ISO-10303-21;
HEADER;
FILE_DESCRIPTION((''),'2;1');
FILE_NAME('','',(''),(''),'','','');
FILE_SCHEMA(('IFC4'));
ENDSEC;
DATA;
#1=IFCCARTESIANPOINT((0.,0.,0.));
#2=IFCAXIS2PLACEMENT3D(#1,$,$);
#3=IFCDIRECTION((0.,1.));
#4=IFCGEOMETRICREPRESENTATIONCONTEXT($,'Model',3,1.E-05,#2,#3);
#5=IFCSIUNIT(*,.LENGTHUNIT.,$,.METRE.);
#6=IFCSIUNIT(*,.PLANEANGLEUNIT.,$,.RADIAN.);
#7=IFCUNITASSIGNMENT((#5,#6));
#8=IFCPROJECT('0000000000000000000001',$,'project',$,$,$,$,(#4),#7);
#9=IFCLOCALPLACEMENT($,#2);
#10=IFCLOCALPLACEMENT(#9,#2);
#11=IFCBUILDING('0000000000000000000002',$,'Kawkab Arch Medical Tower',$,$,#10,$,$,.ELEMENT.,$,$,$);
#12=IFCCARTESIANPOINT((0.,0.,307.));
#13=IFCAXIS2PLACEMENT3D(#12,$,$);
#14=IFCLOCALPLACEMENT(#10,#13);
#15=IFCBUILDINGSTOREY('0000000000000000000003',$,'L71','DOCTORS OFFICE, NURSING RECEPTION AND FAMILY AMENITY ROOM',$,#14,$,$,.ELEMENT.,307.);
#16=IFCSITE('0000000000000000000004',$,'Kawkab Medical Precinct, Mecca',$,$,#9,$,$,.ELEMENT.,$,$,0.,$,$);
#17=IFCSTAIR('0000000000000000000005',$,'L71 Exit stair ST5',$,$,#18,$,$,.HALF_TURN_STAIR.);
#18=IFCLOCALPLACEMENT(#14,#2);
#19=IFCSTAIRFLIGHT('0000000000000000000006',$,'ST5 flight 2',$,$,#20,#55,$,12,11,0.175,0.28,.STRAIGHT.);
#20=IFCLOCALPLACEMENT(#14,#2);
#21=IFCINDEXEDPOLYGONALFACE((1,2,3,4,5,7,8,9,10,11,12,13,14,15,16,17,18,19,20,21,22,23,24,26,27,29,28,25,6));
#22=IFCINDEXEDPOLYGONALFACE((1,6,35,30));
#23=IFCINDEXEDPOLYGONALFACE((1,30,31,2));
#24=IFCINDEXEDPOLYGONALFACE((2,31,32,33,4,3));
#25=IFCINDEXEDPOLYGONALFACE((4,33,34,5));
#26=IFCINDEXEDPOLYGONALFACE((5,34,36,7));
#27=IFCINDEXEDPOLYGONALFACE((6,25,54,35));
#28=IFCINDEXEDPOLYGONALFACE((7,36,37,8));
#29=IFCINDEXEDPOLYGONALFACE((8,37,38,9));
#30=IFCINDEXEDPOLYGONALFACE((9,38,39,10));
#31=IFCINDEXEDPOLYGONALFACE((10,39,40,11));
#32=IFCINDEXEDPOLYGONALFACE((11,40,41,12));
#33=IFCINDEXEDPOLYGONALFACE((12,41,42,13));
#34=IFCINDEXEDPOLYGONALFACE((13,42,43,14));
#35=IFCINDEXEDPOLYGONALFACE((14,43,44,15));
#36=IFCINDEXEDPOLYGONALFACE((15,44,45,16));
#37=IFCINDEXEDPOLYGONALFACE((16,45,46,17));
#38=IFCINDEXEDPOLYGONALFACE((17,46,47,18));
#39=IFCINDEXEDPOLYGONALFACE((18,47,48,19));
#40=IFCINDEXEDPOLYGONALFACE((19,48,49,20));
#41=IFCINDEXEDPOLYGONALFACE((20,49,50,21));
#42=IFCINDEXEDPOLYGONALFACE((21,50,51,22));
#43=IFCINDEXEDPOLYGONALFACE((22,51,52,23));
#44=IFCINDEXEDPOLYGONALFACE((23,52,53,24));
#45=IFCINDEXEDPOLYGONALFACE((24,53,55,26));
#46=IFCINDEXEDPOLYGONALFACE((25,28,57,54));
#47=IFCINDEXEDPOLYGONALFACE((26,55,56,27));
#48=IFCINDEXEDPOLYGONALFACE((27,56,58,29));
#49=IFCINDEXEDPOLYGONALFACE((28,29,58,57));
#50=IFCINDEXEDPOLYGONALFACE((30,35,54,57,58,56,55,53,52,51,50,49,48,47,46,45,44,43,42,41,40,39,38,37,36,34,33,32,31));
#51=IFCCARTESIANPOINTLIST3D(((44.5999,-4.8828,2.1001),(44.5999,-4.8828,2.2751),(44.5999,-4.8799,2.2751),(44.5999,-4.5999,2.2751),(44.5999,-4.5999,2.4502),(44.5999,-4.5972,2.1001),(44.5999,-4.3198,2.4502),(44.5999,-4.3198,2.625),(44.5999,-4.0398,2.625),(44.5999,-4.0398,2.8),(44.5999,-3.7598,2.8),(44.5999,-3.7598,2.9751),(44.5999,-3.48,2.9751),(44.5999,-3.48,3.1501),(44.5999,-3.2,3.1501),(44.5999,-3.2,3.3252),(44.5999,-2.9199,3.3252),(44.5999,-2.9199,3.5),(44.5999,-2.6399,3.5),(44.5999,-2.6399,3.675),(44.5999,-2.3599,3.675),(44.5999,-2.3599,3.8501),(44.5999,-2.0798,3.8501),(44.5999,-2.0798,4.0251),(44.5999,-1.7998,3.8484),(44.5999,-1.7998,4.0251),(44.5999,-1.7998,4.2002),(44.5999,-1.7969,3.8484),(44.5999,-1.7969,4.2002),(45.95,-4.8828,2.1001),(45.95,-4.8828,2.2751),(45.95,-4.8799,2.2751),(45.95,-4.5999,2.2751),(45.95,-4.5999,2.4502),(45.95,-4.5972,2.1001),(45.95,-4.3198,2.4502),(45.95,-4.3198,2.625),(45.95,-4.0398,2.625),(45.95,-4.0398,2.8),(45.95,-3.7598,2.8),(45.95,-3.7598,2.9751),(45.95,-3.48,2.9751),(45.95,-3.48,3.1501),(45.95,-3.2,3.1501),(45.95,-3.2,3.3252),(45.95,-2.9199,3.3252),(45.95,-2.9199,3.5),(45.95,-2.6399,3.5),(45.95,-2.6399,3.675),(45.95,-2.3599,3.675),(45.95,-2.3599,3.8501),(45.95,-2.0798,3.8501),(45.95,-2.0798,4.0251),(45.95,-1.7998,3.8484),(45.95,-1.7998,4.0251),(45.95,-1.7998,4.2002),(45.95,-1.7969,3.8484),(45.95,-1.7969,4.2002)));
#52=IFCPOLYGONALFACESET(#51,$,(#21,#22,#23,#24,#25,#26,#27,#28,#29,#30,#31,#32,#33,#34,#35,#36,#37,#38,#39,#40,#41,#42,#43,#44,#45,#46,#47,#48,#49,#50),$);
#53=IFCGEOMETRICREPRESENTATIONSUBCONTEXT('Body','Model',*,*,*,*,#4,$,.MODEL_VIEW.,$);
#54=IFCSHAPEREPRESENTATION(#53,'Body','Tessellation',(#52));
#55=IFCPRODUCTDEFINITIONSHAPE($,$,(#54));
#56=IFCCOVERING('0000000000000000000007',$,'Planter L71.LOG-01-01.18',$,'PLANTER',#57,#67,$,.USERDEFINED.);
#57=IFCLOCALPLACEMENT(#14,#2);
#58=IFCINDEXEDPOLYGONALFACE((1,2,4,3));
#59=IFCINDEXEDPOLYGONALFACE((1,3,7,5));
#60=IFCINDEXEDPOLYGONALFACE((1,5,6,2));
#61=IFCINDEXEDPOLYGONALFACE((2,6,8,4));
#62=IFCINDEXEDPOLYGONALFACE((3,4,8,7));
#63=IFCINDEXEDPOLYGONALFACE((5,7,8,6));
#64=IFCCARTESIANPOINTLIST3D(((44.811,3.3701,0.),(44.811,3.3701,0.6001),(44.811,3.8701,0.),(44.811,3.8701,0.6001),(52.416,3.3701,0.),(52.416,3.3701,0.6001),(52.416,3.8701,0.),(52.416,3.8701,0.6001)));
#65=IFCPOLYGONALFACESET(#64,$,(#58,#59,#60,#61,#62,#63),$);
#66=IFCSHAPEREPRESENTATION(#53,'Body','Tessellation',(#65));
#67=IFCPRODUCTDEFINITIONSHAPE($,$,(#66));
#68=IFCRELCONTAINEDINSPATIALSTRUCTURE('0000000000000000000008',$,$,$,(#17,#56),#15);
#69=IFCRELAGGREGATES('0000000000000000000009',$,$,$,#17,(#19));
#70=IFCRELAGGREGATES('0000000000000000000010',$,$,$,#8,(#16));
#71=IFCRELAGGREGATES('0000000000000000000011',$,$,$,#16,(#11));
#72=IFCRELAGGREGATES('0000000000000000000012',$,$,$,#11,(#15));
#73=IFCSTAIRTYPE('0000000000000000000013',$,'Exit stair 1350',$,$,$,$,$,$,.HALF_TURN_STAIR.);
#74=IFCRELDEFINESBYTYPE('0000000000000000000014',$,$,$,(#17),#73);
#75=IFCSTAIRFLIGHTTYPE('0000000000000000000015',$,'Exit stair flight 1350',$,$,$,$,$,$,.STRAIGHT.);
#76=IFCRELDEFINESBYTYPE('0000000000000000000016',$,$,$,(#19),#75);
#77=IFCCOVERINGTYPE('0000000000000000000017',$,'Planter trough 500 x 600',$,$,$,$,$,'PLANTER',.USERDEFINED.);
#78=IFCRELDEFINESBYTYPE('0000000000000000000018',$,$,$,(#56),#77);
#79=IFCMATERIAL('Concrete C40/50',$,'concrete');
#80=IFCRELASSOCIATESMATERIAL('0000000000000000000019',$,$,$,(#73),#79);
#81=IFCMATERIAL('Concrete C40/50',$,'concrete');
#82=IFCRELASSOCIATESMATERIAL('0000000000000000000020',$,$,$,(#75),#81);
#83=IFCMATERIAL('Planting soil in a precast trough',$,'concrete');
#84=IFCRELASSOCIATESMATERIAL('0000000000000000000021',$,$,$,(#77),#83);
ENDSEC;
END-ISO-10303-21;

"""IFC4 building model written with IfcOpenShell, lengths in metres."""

from ifc_helpers import new_model, si_unit, direction, frame, origin, origin_2d, place, context, subcontext, project, spatial, polyline, rectangle, outline, extrude, material, material_profile, profile_set, type_object, element, aggregate, save


model = new_model("IFC4")

# Units and contexts
model_context = context("Model", 3, precision=1e-05, world=origin(), true_north=direction((0.0, 1.0)))
body_context = subcontext(model_context, "Body", "Model", "MODEL_VIEW")
ifc_project = project(units=[si_unit("LENGTHUNIT", "METRE"), si_unit("PLANEANGLEUNIT", "RADIAN")], contexts=[model_context])

# Site, building, storey
site_placement = place(None, origin())
site = spatial("IfcSite", under=ifc_project, at=site_placement, Name="Kawkab Medical Precinct, Mecca", CompositionType="ELEMENT", RefElevation=0.0)
building_placement = place(site_placement, origin())
building = spatial("IfcBuilding", under=site, at=building_placement, Name="Kawkab Arch Medical Tower", CompositionType="ELEMENT")
storey_placement = place(building_placement, frame((0.0, 0.0, 307.0)))
storey = spatial("IfcBuildingStorey", under=building, at=storey_placement, Name="L71", Description="DOCTORS OFFICE, NURSING RECEPTION AND FAMILY AMENITY ROOM", CompositionType="ELEMENT", Elevation=307.0)

# Shared definitions
placement = place(storey_placement, origin())

# Stair, stair flight
ifc_material_1 = material(Name="Concrete C40/50", Category="concrete")
stair_type = type_object("IfcStairType", Name="Exit stair 1350", PredefinedType="HALF_TURN_STAIR", material=ifc_material_1)
stair = element("IfcStair", 1, at=placement, inside=storey, type_object=stair_type, Name="L71 Exit stair ST5", PredefinedType="HALF_TURN_STAIR")
ifc_material_2 = material(Name="Concrete C40/50", Category="concrete")
stair_flight_type = type_object("IfcStairFlightType", Name="Exit stair flight 1350", PredefinedType="STRAIGHT", material=ifc_material_2)
stair_flight_1_placement = place(storey_placement, frame((45.2749, -4.8799, 2.1001), z_axis=(0.0, 0.0, 1.0), x_axis=(0.0, 1.0, 0.0)))
stair_flight_1 = element("IfcStairFlight", 2, at=stair_flight_1_placement, type_object=stair_flight_type, Name="ST5 flight 2", NumberOfRisers=12, NumberOfTreads=11, PredefinedType="STRAIGHT", RiserHeight=0.175, TreadLength=0.28, context=body_context, shape_type="SweptSolid", body=[
    extrude(outline(polyline([(-0.0029, 0.0), (-0.0029, 0.175), (0.0, 0.175), (0.28, 0.175), (0.28, 0.3501), (0.5601, 0.3501), (0.5601, 0.5249), (0.8401, 0.5249), (0.8401, 0.7), (1.1201, 0.7), (1.1201, 0.875), (1.3999, 0.875), (1.3999, 1.05), (1.6799, 1.05), (1.6799, 1.2251), (1.96, 1.2251), (1.96, 1.3999), (2.24, 1.3999), (2.24, 1.575), (2.52, 1.575), (2.52, 1.75), (2.8, 1.75), (2.8, 1.925), (3.0801, 1.925), (3.0801, 2.1001), (3.083, 2.1001), (3.083, 1.7483), (3.0801, 1.7483), (0.2827, 0.0), (-0.0029, 0.0)])), frame((0.0, 0.675, 0.0), z_axis=(0.0, -1.0, 0.0), x_axis=(1.0, 0.0, 0.0)), (0.0, 0.0, 1.0), 1.3501),
])
aggregate(stair, [stair_flight_1])

# Covering
ifc_material_3 = material(Name="Planting soil in a precast trough", Category="concrete")
ifc_material_profile_1 = material_profile(ifc_material_3, rectangle(XDim=0.5, YDim=0.6001, at=origin_2d()), Name="Trough 500x600")
ifc_profile_set_1 = profile_set([ifc_material_profile_1], Name="Planting soil in a precast trough")
covering_type = type_object("IfcCoveringType", Name="Planter trough 500 x 600", ElementType="PLANTER", PredefinedType="USERDEFINED", material=ifc_profile_set_1)
covering_placement = place(storey_placement, frame((44.811, 3.6201, 0.3), z_axis=(1.0, 0.0, 0.0), x_axis=(0.0, 1.0, 0.0)))
element("IfcCovering", 3, at=covering_placement, inside=storey, type_object=covering_type, Name="Planter L71.LOG-01-01.18", ObjectType="PLANTER", PredefinedType="USERDEFINED", context=body_context, shape_type="SweptSolid", body=[
    extrude(rectangle(XDim=0.5, YDim=0.6001, at=origin_2d()), origin(), (0.0, 0.0, 1.0), 7.605),
])

save(model, "model.ifc")
